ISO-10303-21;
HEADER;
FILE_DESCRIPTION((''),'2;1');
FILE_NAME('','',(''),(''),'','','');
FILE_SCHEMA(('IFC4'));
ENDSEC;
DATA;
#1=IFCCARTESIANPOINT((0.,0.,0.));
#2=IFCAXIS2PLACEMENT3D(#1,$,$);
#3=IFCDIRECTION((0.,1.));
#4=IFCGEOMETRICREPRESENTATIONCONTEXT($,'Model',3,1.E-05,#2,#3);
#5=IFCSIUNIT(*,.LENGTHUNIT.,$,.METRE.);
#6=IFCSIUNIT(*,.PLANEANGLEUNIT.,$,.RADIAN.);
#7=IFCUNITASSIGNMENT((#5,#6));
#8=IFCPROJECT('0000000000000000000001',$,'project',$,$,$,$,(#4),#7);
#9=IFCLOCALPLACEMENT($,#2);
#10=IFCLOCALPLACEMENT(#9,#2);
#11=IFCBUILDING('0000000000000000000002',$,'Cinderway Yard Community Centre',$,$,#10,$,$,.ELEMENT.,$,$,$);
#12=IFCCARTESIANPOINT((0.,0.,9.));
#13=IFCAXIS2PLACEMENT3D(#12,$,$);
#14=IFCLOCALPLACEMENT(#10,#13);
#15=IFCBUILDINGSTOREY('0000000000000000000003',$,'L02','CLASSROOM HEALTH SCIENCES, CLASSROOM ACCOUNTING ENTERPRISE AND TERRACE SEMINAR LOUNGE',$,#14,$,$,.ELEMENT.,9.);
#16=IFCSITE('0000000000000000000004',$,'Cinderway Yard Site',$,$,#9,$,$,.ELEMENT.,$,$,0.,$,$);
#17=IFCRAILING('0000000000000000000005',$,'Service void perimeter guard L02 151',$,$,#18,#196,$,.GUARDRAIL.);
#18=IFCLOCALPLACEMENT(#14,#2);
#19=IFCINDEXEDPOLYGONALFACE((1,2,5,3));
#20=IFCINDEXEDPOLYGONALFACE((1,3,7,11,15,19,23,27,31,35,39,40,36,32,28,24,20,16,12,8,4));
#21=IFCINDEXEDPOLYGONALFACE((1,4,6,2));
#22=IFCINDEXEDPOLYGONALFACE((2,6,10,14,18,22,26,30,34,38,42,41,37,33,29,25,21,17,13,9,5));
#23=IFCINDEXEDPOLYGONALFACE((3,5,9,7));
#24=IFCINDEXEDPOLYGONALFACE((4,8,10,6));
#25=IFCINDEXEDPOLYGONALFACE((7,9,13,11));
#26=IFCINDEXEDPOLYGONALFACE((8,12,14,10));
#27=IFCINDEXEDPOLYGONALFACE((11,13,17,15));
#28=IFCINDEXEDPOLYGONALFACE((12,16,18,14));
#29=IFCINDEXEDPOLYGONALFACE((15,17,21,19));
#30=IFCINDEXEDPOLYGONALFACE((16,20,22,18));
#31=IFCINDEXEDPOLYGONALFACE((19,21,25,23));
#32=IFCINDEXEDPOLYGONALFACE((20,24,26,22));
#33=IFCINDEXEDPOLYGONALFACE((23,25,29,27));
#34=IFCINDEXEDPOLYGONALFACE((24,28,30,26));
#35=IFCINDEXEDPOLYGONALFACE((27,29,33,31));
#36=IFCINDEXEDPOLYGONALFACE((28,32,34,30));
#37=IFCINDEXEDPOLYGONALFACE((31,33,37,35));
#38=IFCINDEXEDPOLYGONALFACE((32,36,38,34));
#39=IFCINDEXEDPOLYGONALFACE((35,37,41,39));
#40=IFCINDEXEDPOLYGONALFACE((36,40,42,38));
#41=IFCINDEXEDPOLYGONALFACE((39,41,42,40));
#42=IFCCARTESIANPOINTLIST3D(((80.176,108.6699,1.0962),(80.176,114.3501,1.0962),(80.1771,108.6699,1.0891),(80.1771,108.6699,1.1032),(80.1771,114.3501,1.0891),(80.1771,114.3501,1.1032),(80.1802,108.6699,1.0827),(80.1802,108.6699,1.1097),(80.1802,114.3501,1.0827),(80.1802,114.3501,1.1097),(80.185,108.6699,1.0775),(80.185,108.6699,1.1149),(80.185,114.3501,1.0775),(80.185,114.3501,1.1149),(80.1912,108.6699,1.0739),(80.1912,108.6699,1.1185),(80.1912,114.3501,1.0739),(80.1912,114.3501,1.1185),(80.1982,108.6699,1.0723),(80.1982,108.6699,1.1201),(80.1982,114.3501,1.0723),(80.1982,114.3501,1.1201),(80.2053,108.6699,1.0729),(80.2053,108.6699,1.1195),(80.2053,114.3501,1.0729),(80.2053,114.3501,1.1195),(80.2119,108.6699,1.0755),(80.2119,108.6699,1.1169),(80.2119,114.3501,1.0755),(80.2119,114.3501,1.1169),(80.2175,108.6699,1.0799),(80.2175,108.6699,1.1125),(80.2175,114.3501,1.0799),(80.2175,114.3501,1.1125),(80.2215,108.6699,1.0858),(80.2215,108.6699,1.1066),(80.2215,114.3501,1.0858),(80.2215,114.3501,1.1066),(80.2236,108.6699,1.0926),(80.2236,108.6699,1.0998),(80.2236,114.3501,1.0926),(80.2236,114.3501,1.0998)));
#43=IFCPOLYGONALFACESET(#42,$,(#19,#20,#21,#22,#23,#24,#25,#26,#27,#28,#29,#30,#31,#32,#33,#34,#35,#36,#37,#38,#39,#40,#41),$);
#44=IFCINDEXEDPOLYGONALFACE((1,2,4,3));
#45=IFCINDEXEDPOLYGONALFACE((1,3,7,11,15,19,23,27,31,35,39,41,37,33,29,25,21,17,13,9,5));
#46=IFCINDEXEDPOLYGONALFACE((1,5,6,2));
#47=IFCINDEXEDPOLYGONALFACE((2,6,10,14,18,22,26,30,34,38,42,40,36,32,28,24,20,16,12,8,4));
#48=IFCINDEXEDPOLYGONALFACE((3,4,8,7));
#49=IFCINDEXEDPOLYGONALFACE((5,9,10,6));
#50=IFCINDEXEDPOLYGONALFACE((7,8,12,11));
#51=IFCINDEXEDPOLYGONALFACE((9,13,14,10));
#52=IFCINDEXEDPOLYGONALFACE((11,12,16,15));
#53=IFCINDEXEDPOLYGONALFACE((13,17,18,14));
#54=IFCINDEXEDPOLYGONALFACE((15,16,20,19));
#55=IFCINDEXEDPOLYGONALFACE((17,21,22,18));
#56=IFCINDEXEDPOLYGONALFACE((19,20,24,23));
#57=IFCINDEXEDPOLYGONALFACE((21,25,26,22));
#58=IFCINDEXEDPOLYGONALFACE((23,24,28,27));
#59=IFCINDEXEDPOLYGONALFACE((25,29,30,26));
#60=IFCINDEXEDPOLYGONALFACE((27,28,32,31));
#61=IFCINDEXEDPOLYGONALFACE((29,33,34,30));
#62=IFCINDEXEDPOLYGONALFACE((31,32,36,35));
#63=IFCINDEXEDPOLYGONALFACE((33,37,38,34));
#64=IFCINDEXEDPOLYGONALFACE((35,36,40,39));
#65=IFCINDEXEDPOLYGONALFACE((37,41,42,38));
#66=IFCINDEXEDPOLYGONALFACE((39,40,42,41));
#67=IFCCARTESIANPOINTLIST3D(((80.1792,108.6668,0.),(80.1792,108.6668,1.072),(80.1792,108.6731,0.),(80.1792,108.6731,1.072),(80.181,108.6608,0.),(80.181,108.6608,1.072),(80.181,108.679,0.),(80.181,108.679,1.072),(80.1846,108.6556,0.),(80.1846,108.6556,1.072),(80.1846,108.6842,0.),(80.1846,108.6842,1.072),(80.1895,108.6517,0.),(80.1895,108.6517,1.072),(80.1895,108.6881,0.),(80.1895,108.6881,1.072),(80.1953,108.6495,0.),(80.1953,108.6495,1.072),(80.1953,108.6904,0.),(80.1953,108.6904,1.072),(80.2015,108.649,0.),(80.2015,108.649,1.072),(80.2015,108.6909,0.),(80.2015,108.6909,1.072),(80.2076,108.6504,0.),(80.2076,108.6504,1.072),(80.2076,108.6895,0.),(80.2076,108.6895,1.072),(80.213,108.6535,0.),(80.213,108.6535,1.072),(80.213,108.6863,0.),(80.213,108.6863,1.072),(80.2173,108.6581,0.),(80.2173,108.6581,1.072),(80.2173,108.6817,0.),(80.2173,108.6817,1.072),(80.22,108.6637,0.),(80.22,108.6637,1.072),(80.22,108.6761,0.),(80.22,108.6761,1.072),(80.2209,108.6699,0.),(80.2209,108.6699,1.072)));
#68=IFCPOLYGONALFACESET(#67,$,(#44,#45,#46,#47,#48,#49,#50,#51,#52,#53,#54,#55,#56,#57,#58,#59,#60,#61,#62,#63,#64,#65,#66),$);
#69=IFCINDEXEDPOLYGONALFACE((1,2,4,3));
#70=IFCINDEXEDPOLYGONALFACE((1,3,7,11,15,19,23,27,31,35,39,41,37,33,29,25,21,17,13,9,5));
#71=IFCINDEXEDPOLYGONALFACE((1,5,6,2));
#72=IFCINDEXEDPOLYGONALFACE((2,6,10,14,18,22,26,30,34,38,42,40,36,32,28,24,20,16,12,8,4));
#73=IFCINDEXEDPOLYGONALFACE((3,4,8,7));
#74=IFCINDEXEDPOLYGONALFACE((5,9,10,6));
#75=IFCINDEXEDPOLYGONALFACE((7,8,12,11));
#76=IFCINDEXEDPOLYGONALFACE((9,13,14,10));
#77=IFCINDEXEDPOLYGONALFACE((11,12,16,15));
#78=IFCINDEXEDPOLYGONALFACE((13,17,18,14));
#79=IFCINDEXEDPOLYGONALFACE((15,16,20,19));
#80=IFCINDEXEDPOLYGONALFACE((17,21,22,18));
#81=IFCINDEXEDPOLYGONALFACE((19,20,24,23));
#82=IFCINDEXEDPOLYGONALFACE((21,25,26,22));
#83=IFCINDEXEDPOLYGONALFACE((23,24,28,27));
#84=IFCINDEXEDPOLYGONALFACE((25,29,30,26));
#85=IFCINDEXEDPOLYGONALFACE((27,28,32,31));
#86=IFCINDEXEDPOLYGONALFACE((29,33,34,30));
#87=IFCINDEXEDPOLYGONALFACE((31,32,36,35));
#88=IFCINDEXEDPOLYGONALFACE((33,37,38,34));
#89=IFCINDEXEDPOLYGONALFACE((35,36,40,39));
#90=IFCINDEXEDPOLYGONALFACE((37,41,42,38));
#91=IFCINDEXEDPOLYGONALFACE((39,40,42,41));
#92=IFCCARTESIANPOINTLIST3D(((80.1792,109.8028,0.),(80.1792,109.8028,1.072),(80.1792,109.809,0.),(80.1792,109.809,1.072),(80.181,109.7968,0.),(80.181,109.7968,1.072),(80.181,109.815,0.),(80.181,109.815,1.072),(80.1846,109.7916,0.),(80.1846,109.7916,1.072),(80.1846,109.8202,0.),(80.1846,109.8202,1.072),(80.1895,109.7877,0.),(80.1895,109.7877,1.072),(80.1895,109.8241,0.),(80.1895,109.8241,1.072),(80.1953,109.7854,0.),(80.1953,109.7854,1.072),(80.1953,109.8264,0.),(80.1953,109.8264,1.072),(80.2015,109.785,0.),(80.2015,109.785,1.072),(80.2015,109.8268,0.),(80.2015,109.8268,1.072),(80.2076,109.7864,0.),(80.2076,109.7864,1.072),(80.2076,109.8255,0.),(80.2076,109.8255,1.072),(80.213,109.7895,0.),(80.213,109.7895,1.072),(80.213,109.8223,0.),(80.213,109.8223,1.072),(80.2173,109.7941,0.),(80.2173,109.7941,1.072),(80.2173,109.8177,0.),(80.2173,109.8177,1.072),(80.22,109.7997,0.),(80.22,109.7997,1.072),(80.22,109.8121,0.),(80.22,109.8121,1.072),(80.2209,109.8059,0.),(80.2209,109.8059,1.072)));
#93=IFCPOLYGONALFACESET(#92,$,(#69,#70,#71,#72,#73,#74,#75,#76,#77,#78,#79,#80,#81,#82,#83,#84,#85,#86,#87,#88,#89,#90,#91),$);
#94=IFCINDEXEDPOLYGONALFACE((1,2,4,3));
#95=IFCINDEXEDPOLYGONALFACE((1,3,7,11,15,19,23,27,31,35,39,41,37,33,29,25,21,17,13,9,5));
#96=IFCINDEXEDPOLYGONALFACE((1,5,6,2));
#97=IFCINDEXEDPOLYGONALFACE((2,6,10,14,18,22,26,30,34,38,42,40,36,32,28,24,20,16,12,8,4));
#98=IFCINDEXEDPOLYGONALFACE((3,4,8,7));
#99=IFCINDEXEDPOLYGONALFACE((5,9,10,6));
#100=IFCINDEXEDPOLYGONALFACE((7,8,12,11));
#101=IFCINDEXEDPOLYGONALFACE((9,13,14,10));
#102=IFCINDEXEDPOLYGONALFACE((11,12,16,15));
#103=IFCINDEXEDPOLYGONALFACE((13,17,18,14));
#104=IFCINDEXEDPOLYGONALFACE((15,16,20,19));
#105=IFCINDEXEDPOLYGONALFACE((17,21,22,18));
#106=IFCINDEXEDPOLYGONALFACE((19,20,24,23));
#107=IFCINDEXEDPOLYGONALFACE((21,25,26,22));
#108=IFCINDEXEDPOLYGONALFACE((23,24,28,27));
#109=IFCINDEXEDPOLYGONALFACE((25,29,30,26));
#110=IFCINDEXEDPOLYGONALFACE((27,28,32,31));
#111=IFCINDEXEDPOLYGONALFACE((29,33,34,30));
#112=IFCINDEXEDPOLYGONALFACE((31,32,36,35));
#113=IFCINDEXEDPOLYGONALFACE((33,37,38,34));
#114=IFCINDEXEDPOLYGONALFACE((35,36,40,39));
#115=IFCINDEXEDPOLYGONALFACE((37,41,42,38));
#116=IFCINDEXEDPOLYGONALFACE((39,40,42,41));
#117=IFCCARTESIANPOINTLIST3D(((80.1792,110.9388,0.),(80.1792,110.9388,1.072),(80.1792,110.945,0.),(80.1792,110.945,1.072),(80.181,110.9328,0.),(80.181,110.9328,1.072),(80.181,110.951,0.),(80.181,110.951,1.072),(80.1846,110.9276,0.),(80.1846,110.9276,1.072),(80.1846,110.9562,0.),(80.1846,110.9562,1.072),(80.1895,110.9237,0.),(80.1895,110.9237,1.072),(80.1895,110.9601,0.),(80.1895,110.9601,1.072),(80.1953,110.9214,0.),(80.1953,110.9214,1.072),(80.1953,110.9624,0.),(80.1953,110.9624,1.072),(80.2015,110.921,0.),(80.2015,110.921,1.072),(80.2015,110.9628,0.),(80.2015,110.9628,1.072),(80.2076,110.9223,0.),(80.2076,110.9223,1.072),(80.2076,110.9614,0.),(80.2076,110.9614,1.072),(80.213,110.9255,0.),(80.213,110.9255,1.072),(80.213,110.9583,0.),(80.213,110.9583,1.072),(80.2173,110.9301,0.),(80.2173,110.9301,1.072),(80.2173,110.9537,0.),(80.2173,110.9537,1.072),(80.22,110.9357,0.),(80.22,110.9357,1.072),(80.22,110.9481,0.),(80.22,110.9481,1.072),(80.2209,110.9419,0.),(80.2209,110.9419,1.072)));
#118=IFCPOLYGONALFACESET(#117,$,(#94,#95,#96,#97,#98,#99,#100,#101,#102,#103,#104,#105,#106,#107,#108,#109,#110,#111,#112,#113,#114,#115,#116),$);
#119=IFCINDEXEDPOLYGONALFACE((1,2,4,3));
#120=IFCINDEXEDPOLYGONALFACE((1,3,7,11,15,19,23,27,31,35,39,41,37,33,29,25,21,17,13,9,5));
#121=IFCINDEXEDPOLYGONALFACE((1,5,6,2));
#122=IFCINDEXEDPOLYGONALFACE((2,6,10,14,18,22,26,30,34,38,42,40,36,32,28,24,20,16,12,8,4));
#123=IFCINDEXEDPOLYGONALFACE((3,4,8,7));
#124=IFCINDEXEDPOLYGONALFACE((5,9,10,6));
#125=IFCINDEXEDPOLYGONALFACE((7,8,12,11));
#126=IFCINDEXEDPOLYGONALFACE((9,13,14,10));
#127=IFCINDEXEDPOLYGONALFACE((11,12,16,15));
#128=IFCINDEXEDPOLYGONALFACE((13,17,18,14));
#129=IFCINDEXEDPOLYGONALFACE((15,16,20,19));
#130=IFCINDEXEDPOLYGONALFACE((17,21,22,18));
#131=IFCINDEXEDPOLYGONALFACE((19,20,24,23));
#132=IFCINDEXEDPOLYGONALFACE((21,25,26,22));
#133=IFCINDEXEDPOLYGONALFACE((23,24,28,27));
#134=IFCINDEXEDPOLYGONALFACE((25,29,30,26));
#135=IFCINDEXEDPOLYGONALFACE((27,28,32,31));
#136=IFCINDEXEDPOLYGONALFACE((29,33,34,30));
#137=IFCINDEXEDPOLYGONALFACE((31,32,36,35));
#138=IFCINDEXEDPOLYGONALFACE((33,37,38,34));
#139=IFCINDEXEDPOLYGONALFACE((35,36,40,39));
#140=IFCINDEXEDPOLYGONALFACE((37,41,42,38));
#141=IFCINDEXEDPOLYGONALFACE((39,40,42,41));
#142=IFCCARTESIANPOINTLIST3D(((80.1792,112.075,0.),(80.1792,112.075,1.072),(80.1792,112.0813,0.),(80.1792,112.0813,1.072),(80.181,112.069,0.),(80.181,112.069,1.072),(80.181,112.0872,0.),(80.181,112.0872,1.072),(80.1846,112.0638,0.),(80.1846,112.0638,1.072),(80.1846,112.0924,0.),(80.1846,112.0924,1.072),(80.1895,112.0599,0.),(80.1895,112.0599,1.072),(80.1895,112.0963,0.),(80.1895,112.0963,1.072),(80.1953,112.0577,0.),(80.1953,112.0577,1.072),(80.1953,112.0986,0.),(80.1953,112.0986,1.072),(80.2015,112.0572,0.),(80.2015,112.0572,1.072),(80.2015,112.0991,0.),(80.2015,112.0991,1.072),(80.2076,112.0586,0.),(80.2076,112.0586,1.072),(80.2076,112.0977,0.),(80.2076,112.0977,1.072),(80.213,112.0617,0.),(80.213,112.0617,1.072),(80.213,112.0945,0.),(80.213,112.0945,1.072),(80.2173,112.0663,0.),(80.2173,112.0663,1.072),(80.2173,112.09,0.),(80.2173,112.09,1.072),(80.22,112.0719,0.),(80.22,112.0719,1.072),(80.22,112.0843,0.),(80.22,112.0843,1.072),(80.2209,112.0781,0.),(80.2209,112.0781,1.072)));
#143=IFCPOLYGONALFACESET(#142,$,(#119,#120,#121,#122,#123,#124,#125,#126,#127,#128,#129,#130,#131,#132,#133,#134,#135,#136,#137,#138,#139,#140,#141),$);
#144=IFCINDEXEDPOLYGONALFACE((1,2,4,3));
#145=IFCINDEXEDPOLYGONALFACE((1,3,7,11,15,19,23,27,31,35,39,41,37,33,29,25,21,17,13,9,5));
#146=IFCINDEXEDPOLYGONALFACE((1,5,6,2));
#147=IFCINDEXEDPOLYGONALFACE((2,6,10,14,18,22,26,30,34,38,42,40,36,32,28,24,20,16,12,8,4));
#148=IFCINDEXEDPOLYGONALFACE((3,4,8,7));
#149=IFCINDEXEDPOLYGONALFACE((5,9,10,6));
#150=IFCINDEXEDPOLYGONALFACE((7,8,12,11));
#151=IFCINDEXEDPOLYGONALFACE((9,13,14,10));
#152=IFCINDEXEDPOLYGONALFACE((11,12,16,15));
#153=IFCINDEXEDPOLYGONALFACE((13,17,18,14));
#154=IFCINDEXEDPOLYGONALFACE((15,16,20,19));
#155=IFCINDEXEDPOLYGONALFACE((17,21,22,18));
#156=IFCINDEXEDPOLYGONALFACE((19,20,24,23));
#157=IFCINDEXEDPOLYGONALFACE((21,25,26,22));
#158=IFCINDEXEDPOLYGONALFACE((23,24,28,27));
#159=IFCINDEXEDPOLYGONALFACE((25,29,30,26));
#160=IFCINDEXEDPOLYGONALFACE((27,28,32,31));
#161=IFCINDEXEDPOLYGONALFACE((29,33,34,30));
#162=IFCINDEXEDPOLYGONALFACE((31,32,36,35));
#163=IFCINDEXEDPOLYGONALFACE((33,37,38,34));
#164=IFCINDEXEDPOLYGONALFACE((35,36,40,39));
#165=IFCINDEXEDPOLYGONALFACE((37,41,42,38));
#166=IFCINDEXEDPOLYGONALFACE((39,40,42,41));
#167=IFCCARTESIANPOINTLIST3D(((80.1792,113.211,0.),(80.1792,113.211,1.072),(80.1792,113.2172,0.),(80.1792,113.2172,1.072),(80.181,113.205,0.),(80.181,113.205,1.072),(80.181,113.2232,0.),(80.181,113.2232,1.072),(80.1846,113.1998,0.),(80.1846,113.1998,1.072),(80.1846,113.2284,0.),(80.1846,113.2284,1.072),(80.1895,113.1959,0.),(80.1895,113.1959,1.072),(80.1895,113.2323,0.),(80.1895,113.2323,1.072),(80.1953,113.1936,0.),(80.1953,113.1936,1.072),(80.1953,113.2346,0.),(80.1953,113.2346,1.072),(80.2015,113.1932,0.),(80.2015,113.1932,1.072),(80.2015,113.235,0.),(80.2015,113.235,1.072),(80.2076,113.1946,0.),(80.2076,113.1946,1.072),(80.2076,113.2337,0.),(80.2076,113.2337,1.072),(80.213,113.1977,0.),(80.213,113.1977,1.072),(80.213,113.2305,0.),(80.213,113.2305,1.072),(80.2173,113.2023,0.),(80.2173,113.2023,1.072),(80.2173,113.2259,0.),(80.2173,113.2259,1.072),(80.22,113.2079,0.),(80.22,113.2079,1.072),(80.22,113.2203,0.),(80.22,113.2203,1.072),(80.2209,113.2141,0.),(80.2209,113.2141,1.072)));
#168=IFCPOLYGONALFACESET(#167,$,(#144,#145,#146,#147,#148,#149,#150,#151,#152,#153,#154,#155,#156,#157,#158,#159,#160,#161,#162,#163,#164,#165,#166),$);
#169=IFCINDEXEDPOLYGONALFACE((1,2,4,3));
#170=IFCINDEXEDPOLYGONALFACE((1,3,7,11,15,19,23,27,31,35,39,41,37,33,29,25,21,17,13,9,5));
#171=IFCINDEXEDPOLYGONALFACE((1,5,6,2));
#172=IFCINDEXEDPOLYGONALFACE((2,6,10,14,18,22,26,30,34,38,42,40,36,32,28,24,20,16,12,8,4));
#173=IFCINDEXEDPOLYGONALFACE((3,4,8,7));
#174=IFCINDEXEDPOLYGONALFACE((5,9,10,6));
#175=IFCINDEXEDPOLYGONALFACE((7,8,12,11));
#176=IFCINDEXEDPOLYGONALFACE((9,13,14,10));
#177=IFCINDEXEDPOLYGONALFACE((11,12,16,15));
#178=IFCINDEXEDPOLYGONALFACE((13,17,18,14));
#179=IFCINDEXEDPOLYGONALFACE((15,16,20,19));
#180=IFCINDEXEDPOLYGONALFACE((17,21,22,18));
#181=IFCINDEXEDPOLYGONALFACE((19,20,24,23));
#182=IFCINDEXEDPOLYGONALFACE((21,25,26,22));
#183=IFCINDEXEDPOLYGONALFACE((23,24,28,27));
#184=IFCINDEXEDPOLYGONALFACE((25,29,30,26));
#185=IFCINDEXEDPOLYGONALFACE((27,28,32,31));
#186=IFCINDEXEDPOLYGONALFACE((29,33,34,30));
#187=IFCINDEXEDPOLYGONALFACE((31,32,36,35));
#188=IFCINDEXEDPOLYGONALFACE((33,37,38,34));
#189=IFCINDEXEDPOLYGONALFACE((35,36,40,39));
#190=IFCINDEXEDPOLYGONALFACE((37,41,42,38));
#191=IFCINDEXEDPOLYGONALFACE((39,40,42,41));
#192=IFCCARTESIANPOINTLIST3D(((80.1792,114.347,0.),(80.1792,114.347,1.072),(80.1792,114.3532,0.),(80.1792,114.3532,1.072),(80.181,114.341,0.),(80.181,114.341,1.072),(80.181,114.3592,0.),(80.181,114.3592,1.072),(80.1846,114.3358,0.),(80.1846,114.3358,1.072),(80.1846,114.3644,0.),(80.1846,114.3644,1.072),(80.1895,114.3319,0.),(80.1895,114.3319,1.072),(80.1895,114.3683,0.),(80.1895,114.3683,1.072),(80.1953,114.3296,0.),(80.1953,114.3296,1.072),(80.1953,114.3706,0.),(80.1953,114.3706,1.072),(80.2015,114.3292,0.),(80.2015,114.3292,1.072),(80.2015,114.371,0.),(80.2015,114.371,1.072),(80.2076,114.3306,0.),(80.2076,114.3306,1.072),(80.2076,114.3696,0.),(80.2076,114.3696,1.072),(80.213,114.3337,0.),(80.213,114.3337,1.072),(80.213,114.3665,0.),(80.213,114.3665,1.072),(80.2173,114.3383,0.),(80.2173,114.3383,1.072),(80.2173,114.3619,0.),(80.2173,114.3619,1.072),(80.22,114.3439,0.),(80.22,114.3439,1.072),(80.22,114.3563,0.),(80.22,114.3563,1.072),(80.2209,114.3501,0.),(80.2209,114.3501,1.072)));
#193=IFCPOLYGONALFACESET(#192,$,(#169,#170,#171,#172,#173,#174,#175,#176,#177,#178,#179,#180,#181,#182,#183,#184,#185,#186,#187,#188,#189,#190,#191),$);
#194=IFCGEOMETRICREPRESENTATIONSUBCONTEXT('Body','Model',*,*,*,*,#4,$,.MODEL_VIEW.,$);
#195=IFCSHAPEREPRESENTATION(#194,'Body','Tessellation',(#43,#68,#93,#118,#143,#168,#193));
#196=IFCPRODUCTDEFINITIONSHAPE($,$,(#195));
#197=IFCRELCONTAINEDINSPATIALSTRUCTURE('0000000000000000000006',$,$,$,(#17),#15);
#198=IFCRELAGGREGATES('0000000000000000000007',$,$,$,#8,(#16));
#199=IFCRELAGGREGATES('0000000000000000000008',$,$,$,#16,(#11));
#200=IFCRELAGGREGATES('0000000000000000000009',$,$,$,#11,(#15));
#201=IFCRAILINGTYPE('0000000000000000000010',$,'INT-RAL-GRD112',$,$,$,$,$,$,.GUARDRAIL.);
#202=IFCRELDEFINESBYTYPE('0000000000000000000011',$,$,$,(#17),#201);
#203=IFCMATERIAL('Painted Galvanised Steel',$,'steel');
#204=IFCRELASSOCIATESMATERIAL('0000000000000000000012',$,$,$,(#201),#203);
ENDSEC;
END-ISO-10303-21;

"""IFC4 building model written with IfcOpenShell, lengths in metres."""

from ifc_helpers import new_model, si_unit, direction, frame, origin, origin_2d, place, context, subcontext, project, spatial, circle, extrude, material, type_object, element, save


model = new_model("IFC4")

# Units and contexts
model_context = context("Model", 3, precision=1e-05, world=origin(), true_north=direction((0.0, 1.0)))
body_context = subcontext(model_context, "Body", "Model", "MODEL_VIEW")
ifc_project = project(units=[si_unit("LENGTHUNIT", "METRE"), si_unit("PLANEANGLEUNIT", "RADIAN")], contexts=[model_context])

# Site, building, storey
site_placement = place(None, origin())
site = spatial("IfcSite", under=ifc_project, at=site_placement, Name="Cinderway Yard Site", CompositionType="ELEMENT", RefElevation=0.0)
building_placement = place(site_placement, origin())
building = spatial("IfcBuilding", under=site, at=building_placement, Name="Cinderway Yard Community Centre", CompositionType="ELEMENT")
storey_placement = place(building_placement, frame((0.0, 0.0, 9.0)))
storey = spatial("IfcBuildingStorey", under=building, at=storey_placement, Name="L02", Description="CLASSROOM HEALTH SCIENCES, CLASSROOM ACCOUNTING ENTERPRISE AND TERRACE SEMINAR LOUNGE", CompositionType="ELEMENT", Elevation=9.0)

# Shared definitions
ifc_material_1 = material(Name="Painted Galvanised Steel", Category="steel")

# Railing
railing_type_1 = type_object("IfcRailingType", Name="INT-RAL-GRD112", PredefinedType="GUARDRAIL", material=ifc_material_1)
railing_1_placement = place(storey_placement, frame((80.2, 108.6699, 0.0)))
element("IfcRailing", 1, at=railing_1_placement, inside=storey, type_object=railing_type_1, Name="Service void perimeter guard L02 151", PredefinedType="GUARDRAIL", context=body_context, shape_type="SweptSolid", body=[
    extrude(circle(Radius=0.0239, at=origin_2d()), frame((0.0, 0.0, 1.0962), z_axis=(0.0, 1.0, 0.0), x_axis=(-1.0, 0.0, 0.0)), (0.0, 0.0, 1.0), 5.6802),
    extrude(circle(Radius=0.021, at=origin_2d()), origin(), (0.0, 0.0, 1.0), 1.072),
    extrude(circle(Radius=0.021, at=origin_2d()), frame((0.0, 1.136, 0.0)), (0.0, 0.0, 1.0), 1.072),
    extrude(circle(Radius=0.021, at=origin_2d()), frame((0.0, 2.272, 0.0)), (0.0, 0.0, 1.0), 1.072),
    extrude(circle(Radius=0.021, at=origin_2d()), frame((0.0, 3.4082, 0.0)), (0.0, 0.0, 1.0), 1.072),
    extrude(circle(Radius=0.021, at=origin_2d()), frame((0.0, 4.5442, 0.0)), (0.0, 0.0, 1.0), 1.072),
    extrude(circle(Radius=0.021, at=origin_2d()), frame((0.0, 5.6802, 0.0)), (0.0, 0.0, 1.0), 1.072),
])

save(model, "model.ifc")
